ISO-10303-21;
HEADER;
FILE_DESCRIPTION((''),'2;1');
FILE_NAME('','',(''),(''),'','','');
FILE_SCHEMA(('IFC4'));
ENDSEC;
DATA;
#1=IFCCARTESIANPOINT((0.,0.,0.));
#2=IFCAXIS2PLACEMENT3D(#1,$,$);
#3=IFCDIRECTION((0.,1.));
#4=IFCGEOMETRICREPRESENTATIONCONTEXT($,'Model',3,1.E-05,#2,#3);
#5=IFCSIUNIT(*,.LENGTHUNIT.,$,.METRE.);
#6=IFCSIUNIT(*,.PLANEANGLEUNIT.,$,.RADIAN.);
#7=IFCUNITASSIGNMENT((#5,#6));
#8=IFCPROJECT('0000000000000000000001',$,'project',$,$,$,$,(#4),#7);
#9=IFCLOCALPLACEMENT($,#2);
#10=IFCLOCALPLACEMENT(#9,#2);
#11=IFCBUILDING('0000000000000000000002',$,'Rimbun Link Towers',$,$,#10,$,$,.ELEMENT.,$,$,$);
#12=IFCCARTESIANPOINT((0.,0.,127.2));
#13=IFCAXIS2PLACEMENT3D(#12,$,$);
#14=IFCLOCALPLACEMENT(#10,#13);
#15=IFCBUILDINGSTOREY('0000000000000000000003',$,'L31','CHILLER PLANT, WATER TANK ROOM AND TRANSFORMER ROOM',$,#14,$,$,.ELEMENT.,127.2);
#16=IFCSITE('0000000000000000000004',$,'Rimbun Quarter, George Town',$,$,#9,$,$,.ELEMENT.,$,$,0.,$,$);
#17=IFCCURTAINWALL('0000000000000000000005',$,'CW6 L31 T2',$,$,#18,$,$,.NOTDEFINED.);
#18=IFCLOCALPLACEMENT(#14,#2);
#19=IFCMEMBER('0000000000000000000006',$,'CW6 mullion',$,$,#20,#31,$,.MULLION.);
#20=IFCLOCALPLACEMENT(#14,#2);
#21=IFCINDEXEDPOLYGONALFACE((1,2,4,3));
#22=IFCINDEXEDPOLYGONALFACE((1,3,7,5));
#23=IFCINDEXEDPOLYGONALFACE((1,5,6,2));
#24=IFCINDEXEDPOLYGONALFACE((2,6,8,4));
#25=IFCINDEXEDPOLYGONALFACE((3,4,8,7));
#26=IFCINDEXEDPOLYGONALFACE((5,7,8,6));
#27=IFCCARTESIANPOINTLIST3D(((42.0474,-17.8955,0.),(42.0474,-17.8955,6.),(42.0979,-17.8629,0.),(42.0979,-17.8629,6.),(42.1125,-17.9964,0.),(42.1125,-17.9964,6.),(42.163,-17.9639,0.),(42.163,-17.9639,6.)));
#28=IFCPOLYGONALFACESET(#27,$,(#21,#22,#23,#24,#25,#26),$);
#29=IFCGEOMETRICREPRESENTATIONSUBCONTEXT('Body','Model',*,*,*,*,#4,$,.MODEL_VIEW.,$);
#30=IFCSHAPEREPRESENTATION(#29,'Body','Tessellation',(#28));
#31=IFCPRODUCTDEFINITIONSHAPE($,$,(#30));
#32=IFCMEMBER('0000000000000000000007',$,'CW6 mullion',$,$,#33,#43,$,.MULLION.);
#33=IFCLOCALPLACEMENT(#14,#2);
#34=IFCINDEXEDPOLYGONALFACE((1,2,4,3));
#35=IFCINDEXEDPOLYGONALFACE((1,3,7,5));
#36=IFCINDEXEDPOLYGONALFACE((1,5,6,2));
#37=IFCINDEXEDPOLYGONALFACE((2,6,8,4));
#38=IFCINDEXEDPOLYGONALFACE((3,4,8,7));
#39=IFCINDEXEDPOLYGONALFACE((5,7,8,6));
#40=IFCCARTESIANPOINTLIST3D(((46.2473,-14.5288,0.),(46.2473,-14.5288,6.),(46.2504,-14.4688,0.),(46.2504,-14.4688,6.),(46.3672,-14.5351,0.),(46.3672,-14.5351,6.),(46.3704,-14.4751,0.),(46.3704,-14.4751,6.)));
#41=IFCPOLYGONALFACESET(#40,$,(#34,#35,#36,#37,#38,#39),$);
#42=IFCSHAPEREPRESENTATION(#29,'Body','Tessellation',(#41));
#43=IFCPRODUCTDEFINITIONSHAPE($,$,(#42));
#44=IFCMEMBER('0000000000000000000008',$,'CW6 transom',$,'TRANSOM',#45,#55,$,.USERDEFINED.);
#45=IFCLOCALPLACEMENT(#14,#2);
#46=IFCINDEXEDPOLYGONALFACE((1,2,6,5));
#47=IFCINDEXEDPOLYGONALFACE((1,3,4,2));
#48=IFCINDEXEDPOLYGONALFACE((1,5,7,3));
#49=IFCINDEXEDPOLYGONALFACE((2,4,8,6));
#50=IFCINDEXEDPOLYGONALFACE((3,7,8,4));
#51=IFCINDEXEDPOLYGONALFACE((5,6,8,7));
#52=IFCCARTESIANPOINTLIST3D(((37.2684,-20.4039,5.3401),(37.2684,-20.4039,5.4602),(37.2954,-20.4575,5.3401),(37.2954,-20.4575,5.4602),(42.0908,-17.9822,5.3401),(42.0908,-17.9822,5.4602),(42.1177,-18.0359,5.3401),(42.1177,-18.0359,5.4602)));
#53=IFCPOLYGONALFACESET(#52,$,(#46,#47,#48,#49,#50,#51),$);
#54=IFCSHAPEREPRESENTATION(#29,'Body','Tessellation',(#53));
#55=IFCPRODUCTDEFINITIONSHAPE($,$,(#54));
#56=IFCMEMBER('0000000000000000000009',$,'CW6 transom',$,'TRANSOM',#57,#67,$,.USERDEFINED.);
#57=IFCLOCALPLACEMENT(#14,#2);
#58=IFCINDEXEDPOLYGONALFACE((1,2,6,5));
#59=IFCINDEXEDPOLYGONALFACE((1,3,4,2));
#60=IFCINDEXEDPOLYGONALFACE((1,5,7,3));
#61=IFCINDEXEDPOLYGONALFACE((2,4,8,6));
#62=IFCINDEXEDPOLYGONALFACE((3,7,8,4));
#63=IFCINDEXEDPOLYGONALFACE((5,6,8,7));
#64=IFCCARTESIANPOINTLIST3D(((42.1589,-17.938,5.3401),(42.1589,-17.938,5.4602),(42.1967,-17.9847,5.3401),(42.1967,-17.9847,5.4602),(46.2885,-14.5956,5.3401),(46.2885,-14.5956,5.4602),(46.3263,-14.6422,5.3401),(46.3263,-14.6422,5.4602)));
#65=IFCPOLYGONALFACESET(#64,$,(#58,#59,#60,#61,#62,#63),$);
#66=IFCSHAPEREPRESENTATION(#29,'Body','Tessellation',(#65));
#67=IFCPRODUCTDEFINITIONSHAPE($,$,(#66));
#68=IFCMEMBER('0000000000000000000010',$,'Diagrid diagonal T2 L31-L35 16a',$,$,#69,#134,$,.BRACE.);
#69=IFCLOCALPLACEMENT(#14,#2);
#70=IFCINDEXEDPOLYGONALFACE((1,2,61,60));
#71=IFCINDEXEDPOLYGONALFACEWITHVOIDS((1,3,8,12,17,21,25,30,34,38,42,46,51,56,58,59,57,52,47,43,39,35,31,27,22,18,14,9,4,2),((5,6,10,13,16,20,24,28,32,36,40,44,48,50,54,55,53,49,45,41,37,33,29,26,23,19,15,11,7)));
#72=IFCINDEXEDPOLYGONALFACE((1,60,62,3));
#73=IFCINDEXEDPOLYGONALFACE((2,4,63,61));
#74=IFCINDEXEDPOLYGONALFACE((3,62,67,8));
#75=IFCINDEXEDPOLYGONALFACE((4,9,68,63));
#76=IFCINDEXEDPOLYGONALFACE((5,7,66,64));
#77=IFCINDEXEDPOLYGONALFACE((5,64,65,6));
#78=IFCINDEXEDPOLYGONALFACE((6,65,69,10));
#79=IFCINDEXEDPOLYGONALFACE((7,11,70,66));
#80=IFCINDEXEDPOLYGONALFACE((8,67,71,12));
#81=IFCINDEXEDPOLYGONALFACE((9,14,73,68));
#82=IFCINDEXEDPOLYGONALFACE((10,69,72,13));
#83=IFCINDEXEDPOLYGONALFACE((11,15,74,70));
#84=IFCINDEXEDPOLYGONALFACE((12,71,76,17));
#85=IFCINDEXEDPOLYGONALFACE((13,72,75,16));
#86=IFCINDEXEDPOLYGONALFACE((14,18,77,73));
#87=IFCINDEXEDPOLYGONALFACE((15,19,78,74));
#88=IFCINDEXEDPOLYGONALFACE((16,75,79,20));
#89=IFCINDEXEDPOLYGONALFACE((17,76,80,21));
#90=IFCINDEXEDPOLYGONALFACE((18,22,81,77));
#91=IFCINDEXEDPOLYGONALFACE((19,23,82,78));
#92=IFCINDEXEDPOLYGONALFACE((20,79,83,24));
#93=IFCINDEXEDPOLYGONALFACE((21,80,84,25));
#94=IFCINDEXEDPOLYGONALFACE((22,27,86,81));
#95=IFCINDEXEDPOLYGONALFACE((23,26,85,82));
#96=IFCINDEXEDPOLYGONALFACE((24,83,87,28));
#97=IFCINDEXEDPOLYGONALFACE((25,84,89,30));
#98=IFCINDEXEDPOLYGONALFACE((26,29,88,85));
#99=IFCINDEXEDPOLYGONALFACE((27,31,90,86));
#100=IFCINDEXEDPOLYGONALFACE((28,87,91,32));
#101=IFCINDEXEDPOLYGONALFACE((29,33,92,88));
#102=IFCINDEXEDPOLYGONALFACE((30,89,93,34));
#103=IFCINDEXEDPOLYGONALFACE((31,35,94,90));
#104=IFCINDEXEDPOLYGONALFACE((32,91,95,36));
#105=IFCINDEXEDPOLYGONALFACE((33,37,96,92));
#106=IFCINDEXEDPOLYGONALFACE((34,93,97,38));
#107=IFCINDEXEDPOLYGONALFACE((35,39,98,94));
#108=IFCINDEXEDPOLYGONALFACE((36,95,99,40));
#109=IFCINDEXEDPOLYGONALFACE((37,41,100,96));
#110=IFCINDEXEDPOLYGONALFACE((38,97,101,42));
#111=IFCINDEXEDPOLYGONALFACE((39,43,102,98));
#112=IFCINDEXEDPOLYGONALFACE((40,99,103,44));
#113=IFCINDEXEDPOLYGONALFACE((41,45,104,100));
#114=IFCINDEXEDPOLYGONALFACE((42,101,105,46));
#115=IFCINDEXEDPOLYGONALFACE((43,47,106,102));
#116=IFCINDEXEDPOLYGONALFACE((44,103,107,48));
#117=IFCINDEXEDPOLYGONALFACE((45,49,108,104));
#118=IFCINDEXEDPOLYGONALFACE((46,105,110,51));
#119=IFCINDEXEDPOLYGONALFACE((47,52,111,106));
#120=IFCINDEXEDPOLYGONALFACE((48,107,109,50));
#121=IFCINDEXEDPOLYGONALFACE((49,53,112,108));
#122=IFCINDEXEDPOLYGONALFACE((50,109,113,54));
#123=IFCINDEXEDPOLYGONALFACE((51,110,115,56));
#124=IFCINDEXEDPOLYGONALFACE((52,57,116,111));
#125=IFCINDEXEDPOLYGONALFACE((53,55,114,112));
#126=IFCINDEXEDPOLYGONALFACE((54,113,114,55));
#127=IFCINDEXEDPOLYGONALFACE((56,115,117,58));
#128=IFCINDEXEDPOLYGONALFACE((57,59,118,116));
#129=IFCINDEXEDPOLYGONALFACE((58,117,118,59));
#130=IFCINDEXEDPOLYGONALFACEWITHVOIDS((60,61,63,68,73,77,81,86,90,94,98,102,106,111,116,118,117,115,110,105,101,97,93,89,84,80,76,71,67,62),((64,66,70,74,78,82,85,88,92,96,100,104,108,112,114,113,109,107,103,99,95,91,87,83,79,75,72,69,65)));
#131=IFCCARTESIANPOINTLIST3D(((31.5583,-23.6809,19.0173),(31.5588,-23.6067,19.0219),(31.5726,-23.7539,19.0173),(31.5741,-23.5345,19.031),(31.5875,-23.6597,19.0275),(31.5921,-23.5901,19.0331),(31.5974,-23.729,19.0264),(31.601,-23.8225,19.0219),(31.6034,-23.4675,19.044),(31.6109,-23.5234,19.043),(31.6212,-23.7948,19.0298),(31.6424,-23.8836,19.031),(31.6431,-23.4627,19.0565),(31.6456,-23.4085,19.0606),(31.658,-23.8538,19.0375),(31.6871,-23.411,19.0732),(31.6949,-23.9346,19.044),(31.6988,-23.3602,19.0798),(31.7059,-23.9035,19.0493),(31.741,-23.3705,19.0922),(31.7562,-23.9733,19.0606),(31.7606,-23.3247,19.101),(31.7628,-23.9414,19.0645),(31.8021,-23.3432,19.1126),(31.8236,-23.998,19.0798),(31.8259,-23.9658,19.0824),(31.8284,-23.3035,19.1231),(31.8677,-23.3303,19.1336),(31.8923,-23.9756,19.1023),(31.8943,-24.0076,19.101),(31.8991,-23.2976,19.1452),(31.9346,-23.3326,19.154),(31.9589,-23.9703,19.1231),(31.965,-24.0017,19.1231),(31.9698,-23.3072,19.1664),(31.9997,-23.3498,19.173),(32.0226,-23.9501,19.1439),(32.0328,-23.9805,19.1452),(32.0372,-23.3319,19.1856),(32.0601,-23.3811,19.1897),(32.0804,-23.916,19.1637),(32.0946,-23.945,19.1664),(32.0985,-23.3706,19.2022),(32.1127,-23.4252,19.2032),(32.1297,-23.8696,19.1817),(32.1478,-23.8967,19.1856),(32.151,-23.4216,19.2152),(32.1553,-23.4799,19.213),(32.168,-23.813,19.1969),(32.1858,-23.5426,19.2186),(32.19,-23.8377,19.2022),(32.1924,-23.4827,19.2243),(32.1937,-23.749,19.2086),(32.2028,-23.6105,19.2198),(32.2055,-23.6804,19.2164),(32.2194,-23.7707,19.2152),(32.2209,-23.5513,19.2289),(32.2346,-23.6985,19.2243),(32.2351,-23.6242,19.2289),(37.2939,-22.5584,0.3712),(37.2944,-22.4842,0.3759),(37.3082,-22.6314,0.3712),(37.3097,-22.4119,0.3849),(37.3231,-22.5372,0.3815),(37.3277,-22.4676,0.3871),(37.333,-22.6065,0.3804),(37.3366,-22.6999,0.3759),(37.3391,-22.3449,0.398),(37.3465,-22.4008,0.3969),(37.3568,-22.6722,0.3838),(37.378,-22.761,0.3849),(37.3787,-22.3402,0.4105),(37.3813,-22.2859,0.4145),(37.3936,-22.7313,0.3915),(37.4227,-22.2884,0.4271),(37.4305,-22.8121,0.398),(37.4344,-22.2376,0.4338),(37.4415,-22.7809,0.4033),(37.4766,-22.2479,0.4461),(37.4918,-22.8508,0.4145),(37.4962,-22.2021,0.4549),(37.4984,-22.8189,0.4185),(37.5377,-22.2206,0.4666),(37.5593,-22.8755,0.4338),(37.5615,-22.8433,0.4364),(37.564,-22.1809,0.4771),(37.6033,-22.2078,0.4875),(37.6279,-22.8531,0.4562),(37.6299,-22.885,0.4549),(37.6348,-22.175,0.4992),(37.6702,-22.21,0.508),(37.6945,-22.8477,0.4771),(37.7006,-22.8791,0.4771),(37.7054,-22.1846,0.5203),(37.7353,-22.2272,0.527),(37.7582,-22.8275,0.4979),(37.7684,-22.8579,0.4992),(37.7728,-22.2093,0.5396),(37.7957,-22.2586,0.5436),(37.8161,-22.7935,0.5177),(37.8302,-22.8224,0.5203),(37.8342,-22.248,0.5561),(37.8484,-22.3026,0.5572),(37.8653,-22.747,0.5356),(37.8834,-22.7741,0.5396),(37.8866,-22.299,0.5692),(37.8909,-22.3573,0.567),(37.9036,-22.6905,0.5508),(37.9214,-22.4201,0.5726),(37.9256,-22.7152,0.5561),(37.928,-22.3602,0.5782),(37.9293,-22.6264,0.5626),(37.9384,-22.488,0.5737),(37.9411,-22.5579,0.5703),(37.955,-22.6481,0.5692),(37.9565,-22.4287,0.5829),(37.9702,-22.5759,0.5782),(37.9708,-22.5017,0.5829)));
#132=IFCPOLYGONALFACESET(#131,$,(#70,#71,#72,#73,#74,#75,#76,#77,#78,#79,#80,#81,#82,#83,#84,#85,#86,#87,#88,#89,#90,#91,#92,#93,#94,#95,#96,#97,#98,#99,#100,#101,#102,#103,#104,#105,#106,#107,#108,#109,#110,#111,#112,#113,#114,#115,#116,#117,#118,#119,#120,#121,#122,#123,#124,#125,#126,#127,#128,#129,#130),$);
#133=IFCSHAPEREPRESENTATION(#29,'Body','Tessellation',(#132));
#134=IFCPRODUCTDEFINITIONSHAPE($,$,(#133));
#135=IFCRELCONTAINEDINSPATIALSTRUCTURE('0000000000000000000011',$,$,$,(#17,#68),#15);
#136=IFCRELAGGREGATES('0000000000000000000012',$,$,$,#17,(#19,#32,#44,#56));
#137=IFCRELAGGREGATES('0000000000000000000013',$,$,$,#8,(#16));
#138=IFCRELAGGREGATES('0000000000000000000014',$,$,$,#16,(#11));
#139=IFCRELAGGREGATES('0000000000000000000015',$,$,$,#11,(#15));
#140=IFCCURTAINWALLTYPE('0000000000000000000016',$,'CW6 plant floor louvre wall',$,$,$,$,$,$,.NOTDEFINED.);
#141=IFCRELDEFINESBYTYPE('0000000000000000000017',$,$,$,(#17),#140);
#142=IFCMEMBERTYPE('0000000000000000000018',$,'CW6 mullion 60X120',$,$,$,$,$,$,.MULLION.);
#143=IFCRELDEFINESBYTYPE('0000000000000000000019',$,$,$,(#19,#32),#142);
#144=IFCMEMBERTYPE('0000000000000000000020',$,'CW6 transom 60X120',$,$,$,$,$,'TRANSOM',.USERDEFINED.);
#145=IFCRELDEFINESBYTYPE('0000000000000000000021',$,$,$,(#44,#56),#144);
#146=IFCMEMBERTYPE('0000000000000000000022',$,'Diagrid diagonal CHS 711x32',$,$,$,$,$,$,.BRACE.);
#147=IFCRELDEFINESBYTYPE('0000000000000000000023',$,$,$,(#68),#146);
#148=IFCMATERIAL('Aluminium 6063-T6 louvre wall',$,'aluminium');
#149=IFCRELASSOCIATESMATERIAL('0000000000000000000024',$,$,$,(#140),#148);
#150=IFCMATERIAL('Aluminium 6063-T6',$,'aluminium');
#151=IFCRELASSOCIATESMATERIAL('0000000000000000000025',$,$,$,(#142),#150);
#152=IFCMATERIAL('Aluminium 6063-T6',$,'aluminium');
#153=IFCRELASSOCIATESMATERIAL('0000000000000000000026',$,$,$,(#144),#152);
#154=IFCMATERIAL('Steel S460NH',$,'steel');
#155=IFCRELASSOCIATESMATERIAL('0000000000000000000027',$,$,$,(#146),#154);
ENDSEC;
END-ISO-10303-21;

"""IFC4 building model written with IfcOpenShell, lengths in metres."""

from ifc_helpers import new_model, si_unit, direction, frame, origin, origin_2d, place, context, subcontext, project, spatial, rectangle, hollow_circle, extrude, material, material_profile, profile_set, type_object, element, aggregate, save


model = new_model("IFC4")

# Units and contexts
model_context = context("Model", 3, precision=1e-05, world=origin(), true_north=direction((0.0, 1.0)))
body_context = subcontext(model_context, "Body", "Model", "MODEL_VIEW")
ifc_project = project(units=[si_unit("LENGTHUNIT", "METRE"), si_unit("PLANEANGLEUNIT", "RADIAN")], contexts=[model_context])

# Site, building, storey
site_placement = place(None, origin())
site = spatial("IfcSite", under=ifc_project, at=site_placement, Name="Rimbun Quarter, George Town", CompositionType="ELEMENT", RefElevation=0.0)
building_placement = place(site_placement, origin())
building = spatial("IfcBuilding", under=site, at=building_placement, Name="Rimbun Link Towers", CompositionType="ELEMENT")
storey_placement = place(building_placement, frame((0.0, 0.0, 127.2)))
storey = spatial("IfcBuildingStorey", under=building, at=storey_placement, Name="L31", Description="CHILLER PLANT, WATER TANK ROOM AND TRANSFORMER ROOM", CompositionType="ELEMENT", Elevation=127.2)

# Curtain wall, members
ifc_material_1 = material(Name="Aluminium 6063-T6 louvre wall", Category="aluminium")
curtain_wall_type = type_object("IfcCurtainWallType", Name="CW6 plant floor louvre wall", PredefinedType="NOTDEFINED", material=ifc_material_1)
curtain_wall_placement = place(storey_placement, origin())
curtain_wall = element("IfcCurtainWall", 1, at=curtain_wall_placement, inside=storey, type_object=curtain_wall_type, Name="CW6 L31 T2", PredefinedType="NOTDEFINED")
ifc_material_2 = material(Name="Aluminium 6063-T6", Category="aluminium")
ifc_material_profile_1 = material_profile(ifc_material_2, rectangle(XDim=0.1201, YDim=0.0601, at=origin_2d()), Name="MULLION 60X120")
ifc_profile_set_1 = profile_set([ifc_material_profile_1], Name="Aluminium 6063-T6")
member_type_1 = type_object("IfcMemberType", Name="CW6 mullion 60X120", PredefinedType="MULLION", material=ifc_profile_set_1)
member_1_placement = place(storey_placement, frame((42.1052, -17.9297, 0.0), z_axis=(0.0, 0.0, 1.0), x_axis=(0.542101, -0.840313, 0.0)))
member_1 = element("IfcMember", 2, at=member_1_placement, type_object=member_type_1, Name="CW6 mullion", PredefinedType="MULLION", context=body_context, shape_type="SweptSolid", body=[
    extrude(rectangle(XDim=0.1201, YDim=0.0601, at=origin_2d()), origin(), (0.0, 0.0, 1.0), 6.0),
])
member_2_placement = place(storey_placement, frame((46.3088, -14.502, 0.0), z_axis=(0.0, 0.0, 1.0), x_axis=(0.998624, -0.052444, 0.0)))
member_2 = element("IfcMember", 3, at=member_2_placement, type_object=member_type_1, Name="CW6 mullion", PredefinedType="MULLION", context=body_context, shape_type="SweptSolid", body=[
    extrude(rectangle(XDim=0.1201, YDim=0.0601, at=origin_2d()), origin(), (0.0, 0.0, 1.0), 6.0),
])
ifc_material_3 = material(Name="Aluminium 6063-T6", Category="aluminium")
ifc_material_profile_2 = material_profile(ifc_material_3, rectangle(XDim=0.0601, YDim=0.1201, at=origin_2d()), Name="TRANSOM 60X120")
ifc_profile_set_2 = profile_set([ifc_material_profile_2], Name="Aluminium 6063-T6")
member_type_2 = type_object("IfcMemberType", Name="CW6 transom 60X120", ElementType="TRANSOM", PredefinedType="USERDEFINED", material=ifc_profile_set_2)
member_3_placement = place(storey_placement, frame((42.1042, -18.009, 5.4001), z_axis=(-0.893648, -0.448769, 0.0), x_axis=(0.448769, -0.893648, 0.0)))
member_3 = element("IfcMember", 4, at=member_3_placement, type_object=member_type_2, Name="CW6 transom", ObjectType="TRANSOM", PredefinedType="USERDEFINED", context=body_context, shape_type="SweptSolid", body=[
    extrude(rectangle(XDim=0.0601, YDim=0.1201, at=origin_2d()), origin(), (0.0, 0.0, 1.0), 5.3962),
])
member_4_placement = place(storey_placement, frame((46.3074, -14.6189, 5.4001), z_axis=(-0.777292, -0.62914, 0.0), x_axis=(0.62914, -0.777292, 0.0)))
member_4 = element("IfcMember", 5, at=member_4_placement, type_object=member_type_2, Name="CW6 transom", ObjectType="TRANSOM", PredefinedType="USERDEFINED", context=body_context, shape_type="SweptSolid", body=[
    extrude(rectangle(XDim=0.0601, YDim=0.1201, at=origin_2d()), origin(), (0.0, 0.0, 1.0), 5.3127),
])

# Member
ifc_material_4 = material(Name="Steel S460NH", Category="steel")
ifc_material_profile_3 = material_profile(ifc_material_4, hollow_circle(Radius=0.3557, WallThickness=0.032, at=origin_2d()), Name="Diagrid diagonal CHS 711x32")
ifc_profile_set_3 = profile_set([ifc_material_profile_3], Name="Steel S460NH")
member_type_3 = type_object("IfcMemberType", Name="Diagrid diagonal CHS 711x32", PredefinedType="BRACE", material=ifc_profile_set_3)
member_5_placement = place(storey_placement, frame((37.6323, -22.53, 0.4771), z_axis=(-0.293524, -0.057448, 0.954224), x_axis=(0.192074, -0.981381, 0.0)))
element("IfcMember", 6, at=member_5_placement, inside=storey, type_object=member_type_3, Name="Diagrid diagonal T2 L31-L35 16a", PredefinedType="BRACE", context=body_context, shape_type="SweptSolid", body=[
    extrude(hollow_circle(Radius=0.3557, WallThickness=0.032, at=origin_2d()), origin(), (0.0, 0.0, 1.0), 19.5405),
])

aggregate(curtain_wall, [member_1, member_2, member_3, member_4])

save(model, "model.ifc")
